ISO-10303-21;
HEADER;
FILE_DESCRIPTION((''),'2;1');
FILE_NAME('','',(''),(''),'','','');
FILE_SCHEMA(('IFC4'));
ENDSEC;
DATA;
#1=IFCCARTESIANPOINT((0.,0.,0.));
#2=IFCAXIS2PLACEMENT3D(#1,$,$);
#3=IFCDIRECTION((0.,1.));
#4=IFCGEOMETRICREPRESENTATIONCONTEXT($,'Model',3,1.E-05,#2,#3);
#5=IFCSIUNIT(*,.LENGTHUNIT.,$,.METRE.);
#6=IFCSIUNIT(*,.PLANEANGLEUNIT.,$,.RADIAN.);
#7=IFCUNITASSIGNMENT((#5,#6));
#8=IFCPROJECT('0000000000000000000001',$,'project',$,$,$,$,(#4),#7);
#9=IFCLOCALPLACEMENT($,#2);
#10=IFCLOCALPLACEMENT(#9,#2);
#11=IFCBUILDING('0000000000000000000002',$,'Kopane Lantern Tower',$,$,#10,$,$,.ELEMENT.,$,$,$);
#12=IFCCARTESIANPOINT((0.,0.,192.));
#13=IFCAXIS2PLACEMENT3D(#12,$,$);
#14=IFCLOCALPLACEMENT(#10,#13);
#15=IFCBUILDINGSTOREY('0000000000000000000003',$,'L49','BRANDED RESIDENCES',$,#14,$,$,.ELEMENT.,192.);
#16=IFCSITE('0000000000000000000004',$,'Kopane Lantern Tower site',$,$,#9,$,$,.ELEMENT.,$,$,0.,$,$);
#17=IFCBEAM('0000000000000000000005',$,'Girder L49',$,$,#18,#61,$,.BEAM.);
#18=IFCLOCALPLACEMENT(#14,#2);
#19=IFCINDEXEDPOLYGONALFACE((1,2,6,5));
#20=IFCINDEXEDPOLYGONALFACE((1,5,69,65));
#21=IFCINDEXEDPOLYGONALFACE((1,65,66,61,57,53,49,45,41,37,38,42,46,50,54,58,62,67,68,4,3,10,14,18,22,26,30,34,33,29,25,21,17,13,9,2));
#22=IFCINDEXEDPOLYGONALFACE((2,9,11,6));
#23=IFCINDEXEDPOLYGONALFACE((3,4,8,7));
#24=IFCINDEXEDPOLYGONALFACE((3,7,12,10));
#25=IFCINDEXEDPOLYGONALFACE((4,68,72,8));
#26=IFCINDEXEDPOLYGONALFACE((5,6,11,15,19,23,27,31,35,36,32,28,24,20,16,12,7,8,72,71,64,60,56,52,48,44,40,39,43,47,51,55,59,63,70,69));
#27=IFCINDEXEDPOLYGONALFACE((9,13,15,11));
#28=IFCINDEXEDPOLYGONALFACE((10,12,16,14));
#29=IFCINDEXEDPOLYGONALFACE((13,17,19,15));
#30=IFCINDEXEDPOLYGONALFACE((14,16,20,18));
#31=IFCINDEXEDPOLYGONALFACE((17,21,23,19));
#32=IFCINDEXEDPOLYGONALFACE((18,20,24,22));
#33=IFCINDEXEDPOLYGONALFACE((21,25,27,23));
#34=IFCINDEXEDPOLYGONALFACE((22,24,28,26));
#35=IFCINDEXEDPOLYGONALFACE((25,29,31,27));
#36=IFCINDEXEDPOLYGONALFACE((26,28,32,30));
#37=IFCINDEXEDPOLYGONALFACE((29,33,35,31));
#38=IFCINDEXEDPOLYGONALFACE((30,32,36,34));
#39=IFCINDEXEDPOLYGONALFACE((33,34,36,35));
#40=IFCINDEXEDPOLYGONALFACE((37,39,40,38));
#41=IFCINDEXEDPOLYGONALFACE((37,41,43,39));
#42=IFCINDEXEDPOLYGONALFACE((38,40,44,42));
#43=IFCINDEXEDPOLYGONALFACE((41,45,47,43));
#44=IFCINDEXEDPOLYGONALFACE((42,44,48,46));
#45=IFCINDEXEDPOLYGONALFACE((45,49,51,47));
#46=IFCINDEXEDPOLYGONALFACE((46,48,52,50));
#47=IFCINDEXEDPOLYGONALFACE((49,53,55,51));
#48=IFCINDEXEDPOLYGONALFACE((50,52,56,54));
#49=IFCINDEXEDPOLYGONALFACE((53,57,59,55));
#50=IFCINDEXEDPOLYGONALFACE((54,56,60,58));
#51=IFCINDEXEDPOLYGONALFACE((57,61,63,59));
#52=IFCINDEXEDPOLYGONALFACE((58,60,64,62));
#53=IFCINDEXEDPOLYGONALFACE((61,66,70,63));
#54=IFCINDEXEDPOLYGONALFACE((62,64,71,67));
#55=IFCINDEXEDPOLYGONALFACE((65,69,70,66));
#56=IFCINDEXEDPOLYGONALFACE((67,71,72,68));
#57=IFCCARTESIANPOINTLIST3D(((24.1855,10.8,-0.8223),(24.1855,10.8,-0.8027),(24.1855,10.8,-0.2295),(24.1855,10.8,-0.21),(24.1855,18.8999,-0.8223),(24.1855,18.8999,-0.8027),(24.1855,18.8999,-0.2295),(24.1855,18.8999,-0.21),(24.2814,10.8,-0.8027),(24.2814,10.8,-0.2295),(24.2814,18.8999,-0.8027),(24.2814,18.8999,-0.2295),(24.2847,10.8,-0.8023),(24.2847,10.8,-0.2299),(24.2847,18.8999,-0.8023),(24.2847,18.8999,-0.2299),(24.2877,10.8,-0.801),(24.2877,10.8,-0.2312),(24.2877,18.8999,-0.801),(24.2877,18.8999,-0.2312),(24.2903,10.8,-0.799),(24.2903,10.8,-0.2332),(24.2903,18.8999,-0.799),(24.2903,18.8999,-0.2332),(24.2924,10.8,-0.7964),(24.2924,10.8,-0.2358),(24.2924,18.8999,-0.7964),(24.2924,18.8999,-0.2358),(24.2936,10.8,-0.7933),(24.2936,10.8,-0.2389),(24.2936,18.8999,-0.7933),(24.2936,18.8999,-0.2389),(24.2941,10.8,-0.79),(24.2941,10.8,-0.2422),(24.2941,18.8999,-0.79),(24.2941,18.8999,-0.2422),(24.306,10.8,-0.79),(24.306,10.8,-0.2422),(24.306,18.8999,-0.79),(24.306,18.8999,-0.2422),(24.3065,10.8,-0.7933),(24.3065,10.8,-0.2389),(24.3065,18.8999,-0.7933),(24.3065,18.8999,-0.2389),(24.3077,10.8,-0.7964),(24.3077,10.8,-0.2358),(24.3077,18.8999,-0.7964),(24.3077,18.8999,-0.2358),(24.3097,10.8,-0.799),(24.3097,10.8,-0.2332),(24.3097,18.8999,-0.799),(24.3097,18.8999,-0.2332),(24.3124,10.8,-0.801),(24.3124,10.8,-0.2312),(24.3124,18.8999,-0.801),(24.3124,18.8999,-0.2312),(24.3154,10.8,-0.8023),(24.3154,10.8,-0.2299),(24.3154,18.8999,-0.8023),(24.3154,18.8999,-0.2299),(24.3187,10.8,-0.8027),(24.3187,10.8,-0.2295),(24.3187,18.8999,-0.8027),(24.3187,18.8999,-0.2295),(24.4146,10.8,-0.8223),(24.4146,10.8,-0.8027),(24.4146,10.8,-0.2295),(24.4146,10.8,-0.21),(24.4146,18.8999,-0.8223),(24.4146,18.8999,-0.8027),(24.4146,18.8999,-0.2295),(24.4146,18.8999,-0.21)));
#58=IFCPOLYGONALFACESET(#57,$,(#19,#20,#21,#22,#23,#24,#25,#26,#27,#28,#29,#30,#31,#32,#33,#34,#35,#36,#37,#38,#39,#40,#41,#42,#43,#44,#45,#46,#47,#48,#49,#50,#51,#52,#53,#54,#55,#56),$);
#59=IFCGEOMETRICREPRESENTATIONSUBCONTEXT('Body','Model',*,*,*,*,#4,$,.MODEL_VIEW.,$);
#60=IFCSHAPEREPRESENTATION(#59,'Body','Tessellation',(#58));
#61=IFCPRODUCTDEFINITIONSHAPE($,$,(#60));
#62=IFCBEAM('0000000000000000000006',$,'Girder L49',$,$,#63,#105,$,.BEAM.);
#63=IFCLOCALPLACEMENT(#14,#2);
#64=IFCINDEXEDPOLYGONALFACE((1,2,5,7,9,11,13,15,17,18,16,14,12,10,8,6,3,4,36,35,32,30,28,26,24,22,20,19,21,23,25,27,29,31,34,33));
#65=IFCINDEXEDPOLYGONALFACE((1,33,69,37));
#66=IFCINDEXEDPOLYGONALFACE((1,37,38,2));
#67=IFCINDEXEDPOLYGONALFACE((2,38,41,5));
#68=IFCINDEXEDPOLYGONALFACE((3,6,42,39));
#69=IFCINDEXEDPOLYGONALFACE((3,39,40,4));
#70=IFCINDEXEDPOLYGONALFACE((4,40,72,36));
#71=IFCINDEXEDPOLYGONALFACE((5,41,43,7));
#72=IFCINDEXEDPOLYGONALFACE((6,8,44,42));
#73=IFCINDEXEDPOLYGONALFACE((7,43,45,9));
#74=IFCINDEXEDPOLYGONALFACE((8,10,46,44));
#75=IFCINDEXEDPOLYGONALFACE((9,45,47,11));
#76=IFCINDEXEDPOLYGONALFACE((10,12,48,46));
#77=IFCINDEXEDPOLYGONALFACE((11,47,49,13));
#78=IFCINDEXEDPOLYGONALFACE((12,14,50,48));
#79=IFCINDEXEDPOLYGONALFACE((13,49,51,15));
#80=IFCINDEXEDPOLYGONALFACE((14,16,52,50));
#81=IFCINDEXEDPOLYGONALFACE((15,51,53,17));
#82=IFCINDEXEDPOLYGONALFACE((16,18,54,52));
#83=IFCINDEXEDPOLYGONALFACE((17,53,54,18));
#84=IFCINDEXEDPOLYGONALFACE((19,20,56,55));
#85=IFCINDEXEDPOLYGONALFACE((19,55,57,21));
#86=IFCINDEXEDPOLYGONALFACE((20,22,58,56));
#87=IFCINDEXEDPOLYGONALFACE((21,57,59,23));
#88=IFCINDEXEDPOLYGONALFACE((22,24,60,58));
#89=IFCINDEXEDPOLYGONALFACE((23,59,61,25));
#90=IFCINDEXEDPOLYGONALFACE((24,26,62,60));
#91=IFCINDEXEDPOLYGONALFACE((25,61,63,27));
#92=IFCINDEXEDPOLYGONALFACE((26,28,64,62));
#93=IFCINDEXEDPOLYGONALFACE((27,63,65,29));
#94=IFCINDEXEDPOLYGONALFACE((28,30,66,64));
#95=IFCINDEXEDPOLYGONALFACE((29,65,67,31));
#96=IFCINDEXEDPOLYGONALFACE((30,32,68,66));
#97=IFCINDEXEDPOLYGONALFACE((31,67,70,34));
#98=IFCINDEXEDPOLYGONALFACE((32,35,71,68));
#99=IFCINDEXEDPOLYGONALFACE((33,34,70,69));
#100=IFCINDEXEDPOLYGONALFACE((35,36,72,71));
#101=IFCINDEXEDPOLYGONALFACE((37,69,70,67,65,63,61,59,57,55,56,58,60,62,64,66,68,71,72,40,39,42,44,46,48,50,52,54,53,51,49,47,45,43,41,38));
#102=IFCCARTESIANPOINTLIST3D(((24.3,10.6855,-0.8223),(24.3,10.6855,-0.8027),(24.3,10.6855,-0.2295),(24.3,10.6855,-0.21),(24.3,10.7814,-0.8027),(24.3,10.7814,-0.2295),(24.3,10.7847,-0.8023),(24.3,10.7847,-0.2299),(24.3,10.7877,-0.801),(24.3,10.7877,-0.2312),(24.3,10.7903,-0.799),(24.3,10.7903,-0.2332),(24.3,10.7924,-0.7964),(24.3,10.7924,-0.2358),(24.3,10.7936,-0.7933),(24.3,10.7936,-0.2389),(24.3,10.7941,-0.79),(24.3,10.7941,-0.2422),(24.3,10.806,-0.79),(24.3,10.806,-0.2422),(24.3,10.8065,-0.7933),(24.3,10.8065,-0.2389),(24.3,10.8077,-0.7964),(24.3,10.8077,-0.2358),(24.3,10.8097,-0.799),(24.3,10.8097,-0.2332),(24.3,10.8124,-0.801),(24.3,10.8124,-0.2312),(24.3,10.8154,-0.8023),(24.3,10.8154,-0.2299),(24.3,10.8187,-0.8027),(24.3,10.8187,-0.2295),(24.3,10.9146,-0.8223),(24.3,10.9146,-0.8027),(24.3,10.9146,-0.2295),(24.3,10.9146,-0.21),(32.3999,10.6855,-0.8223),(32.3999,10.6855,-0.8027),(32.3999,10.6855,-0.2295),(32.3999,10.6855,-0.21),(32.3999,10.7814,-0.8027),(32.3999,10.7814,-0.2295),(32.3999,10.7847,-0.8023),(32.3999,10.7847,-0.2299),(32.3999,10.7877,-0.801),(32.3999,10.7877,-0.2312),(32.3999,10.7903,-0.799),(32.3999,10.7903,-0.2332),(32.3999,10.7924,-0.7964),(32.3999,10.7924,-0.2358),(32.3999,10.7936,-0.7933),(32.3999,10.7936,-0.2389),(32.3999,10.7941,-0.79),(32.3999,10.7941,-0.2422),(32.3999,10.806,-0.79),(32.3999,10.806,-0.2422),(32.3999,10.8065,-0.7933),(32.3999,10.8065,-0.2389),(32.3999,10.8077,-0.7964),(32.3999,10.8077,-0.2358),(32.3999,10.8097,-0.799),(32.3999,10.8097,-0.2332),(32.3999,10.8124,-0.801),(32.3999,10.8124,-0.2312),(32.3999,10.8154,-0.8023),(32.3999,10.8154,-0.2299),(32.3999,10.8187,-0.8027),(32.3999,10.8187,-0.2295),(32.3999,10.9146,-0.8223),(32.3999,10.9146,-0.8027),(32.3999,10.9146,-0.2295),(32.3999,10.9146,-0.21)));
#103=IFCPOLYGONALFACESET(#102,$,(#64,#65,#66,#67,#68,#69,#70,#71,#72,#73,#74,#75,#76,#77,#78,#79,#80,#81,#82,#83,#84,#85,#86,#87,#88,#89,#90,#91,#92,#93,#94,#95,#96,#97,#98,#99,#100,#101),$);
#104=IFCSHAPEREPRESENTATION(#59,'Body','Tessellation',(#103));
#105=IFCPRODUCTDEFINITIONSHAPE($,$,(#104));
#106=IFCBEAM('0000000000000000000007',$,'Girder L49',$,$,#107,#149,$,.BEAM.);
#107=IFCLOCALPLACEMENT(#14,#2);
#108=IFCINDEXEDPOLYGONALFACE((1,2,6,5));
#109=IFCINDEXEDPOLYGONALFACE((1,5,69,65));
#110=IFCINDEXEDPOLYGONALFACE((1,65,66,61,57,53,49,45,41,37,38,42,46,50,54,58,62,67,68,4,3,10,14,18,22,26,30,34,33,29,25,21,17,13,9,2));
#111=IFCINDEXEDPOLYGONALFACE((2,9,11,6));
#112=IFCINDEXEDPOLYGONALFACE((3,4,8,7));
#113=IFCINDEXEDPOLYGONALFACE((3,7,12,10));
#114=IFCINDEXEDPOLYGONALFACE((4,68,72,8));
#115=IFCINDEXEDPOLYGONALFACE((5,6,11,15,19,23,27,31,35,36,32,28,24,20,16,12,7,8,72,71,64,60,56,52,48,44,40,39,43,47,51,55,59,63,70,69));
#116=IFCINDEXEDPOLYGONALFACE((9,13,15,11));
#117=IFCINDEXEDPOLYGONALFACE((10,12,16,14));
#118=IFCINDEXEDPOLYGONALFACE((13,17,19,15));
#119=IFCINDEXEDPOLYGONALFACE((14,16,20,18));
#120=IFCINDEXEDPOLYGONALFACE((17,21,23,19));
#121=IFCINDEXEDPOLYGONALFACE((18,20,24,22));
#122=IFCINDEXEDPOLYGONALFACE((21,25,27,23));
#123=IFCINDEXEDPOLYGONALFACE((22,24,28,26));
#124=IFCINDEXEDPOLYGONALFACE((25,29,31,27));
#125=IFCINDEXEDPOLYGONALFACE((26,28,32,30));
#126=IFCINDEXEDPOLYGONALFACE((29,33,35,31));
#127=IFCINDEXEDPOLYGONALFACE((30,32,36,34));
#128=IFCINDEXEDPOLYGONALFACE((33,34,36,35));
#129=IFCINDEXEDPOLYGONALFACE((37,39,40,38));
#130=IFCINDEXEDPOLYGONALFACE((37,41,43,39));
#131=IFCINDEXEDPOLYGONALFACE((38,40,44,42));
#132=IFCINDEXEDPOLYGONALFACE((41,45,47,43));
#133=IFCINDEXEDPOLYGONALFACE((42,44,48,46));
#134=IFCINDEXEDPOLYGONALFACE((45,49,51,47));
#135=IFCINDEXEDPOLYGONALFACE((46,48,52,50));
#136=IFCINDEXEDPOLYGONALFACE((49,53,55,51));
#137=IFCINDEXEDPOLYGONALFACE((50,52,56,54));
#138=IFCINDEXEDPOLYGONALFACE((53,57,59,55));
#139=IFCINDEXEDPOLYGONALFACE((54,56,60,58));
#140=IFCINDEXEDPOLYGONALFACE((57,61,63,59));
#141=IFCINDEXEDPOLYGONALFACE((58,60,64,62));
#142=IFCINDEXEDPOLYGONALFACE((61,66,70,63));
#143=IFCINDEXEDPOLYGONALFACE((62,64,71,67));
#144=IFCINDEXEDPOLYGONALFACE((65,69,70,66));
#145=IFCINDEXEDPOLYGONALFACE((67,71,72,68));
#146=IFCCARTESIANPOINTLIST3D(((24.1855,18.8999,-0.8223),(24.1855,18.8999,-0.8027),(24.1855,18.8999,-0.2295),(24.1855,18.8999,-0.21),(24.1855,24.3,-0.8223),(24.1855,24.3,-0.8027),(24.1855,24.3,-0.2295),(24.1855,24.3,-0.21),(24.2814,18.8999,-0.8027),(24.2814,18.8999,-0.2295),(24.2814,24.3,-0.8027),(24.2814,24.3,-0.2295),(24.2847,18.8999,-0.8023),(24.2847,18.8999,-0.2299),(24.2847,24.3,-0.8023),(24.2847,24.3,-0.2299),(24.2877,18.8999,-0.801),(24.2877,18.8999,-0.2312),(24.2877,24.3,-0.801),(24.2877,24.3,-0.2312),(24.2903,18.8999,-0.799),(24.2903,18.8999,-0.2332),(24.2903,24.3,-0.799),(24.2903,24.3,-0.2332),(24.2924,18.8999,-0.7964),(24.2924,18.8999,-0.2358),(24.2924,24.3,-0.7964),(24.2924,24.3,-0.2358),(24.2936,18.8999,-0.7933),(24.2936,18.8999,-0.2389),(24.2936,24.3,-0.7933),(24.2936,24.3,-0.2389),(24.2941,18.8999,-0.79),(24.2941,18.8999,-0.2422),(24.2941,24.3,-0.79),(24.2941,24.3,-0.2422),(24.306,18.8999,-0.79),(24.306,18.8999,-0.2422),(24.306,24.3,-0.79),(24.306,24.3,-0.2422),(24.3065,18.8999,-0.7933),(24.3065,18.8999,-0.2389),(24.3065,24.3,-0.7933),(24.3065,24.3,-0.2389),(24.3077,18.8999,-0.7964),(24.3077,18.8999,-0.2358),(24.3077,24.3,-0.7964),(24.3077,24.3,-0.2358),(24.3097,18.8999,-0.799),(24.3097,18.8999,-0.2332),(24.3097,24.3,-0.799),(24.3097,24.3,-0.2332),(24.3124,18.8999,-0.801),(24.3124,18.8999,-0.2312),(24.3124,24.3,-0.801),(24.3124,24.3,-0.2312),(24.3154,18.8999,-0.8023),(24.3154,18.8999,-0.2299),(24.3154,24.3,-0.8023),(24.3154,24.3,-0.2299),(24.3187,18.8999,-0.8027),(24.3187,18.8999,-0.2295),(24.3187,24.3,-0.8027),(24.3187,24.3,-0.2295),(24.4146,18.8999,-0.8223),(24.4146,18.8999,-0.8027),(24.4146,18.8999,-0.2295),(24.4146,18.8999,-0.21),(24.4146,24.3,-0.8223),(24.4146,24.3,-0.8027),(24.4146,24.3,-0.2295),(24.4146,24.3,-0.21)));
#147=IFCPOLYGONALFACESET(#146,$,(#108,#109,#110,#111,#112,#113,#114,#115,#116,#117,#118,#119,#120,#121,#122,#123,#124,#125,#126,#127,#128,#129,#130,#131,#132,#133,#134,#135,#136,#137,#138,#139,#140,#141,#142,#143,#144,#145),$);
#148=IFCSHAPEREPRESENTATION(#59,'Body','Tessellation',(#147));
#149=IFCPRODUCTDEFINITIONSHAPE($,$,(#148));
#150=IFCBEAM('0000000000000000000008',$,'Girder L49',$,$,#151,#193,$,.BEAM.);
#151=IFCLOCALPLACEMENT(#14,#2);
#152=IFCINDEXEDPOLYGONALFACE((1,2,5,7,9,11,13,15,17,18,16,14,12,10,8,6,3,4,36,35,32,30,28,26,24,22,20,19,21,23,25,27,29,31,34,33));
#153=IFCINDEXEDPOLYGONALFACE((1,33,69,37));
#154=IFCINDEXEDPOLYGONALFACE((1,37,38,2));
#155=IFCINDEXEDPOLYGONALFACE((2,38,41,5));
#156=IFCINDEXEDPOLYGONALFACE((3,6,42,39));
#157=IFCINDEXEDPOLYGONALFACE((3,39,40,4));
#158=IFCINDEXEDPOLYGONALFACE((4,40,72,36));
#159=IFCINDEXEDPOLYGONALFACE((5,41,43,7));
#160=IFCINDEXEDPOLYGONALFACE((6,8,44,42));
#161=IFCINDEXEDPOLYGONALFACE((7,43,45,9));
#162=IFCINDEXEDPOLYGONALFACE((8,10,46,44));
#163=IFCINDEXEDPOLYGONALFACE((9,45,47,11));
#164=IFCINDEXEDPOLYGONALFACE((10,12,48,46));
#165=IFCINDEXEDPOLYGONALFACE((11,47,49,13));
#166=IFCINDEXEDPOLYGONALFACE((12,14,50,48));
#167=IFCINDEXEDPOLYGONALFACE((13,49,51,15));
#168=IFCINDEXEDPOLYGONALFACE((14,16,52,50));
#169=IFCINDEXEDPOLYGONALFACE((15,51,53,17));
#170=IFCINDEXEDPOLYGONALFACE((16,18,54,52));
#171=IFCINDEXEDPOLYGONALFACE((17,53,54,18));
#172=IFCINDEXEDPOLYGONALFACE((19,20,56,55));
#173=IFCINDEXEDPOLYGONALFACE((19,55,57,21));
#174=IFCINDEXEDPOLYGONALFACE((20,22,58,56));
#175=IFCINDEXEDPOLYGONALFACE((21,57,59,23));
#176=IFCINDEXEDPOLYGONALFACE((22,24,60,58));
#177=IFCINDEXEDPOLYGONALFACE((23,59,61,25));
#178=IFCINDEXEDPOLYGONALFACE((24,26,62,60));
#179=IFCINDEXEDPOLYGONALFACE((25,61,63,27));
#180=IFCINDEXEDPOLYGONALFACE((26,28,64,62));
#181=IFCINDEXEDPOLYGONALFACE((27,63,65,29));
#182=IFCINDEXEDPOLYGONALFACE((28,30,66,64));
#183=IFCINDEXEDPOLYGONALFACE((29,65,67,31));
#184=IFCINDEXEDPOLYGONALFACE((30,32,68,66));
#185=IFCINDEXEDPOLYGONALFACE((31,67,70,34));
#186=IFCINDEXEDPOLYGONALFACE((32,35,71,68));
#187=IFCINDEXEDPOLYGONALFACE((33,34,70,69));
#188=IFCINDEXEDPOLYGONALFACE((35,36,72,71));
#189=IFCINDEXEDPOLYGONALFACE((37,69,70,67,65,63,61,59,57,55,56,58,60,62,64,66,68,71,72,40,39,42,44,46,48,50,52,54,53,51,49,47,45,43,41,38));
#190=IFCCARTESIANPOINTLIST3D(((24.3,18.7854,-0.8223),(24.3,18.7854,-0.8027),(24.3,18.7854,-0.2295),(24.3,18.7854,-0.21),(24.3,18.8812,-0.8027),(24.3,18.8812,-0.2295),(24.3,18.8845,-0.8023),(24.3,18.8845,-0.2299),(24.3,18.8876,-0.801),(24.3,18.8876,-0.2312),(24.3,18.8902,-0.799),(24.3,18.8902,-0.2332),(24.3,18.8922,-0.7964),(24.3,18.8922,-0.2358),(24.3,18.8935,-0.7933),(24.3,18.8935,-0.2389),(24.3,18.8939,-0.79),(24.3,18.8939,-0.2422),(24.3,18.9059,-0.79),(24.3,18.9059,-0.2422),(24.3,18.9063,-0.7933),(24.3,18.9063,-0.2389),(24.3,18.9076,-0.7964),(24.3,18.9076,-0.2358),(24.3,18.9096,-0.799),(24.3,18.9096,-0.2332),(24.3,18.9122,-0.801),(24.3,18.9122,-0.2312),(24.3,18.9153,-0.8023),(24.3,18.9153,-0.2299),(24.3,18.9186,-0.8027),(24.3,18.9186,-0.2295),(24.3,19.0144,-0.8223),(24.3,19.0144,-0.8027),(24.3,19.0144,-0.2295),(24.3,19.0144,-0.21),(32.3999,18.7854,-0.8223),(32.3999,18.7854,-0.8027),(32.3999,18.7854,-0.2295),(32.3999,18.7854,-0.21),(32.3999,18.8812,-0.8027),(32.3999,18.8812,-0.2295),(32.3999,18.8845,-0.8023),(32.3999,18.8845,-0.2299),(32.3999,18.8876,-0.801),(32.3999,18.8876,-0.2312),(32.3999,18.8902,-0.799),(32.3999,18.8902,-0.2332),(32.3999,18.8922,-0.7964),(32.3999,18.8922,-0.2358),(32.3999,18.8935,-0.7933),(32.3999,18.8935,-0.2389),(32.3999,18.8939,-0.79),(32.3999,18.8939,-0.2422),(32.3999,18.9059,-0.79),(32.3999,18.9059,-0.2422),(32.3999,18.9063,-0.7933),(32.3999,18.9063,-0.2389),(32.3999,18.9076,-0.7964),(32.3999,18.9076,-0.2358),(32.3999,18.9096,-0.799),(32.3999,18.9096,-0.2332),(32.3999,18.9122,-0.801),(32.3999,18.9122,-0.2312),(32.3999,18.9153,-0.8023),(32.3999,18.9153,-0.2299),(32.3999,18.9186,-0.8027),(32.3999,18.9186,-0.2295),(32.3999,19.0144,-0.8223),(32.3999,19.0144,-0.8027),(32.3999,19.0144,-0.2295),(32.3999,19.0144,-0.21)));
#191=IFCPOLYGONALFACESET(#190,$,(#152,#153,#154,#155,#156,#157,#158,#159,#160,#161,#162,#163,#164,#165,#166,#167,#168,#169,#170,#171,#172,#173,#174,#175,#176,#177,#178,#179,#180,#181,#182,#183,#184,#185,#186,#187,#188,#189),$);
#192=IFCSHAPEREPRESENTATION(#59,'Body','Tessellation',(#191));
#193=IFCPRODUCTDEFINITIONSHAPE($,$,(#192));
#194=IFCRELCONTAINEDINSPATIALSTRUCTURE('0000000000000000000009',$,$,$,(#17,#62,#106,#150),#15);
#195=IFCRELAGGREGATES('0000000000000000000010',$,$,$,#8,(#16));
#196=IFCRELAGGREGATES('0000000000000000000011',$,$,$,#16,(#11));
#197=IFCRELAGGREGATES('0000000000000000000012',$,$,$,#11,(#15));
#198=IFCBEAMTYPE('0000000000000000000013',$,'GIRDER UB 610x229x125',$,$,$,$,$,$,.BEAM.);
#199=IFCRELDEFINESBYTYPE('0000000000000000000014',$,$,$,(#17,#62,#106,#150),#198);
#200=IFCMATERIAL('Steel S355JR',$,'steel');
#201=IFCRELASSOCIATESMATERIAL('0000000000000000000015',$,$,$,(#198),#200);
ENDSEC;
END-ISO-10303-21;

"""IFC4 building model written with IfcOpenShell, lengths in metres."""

from ifc_helpers import new_model, si_unit, direction, frame, origin, origin_2d, place, context, subcontext, project, spatial, i_section, extrude, material, material_profile, profile_set, type_object, element, save


model = new_model("IFC4")

# Units and contexts
model_context = context("Model", 3, precision=1e-05, world=origin(), true_north=direction((0.0, 1.0)))
body_context = subcontext(model_context, "Body", "Model", "MODEL_VIEW")
ifc_project = project(units=[si_unit("LENGTHUNIT", "METRE"), si_unit("PLANEANGLEUNIT", "RADIAN")], contexts=[model_context])

# Site, building, storey
site_placement = place(None, origin())
site = spatial("IfcSite", under=ifc_project, at=site_placement, Name="Kopane Lantern Tower site", CompositionType="ELEMENT", RefElevation=0.0)
building_placement = place(site_placement, origin())
building = spatial("IfcBuilding", under=site, at=building_placement, Name="Kopane Lantern Tower", CompositionType="ELEMENT")
storey_placement = place(building_placement, frame((0.0, 0.0, 192.0)))
storey = spatial("IfcBuildingStorey", under=building, at=storey_placement, Name="L49", Description="BRANDED RESIDENCES", CompositionType="ELEMENT", Elevation=192.0)

# Beams
ifc_material_1 = material(Name="Steel S355JR", Category="steel")
ifc_material_profile_1 = material_profile(ifc_material_1, i_section(OverallWidth=0.229, OverallDepth=0.6123, WebThickness=0.012, FlangeThickness=0.0195, FilletRadius=0.0127, at=origin_2d()), Name="UB 610x229x125")
ifc_profile_set_1 = profile_set([ifc_material_profile_1], Name="Steel S355JR")
beam_type = type_object("IfcBeamType", Name="GIRDER UB 610x229x125", PredefinedType="BEAM", material=ifc_profile_set_1)
for number, where, z_axis, x_axis, name in (
    (1, (24.3, 10.8, -0.5161), (0.0, 1.0, 0.0), (-1.0, 0.0, 0.0), "Girder L49"),
    (2, (24.3, 10.8, -0.5161), (1.0, 0.0, 0.0), (0.0, 1.0, 0.0), "Girder L49"),
):
    element("IfcBeam", number, at=place(storey_placement, frame(where, z_axis=z_axis, x_axis=x_axis)), inside=storey, type_object=beam_type, Name=name, PredefinedType="BEAM", context=body_context, shape_type="SweptSolid", body=[
        extrude(i_section(OverallWidth=0.229, OverallDepth=0.6123, WebThickness=0.012, FlangeThickness=0.0195, FilletRadius=0.0127, at=origin_2d()), origin(), (0.0, 0.0, 1.0), 8.0999),
    ])
beam_1_placement = place(storey_placement, frame((24.3, 18.8999, -0.5161), z_axis=(0.0, 1.0, 0.0), x_axis=(-1.0, 0.0, 0.0)))
element("IfcBeam", 3, at=beam_1_placement, inside=storey, type_object=beam_type, Name="Girder L49", PredefinedType="BEAM", context=body_context, shape_type="SweptSolid", body=[
    extrude(i_section(OverallWidth=0.229, OverallDepth=0.6123, WebThickness=0.012, FlangeThickness=0.0195, FilletRadius=0.0127, at=origin_2d()), origin(), (0.0, 0.0, 1.0), 5.4001),
])
beam_2_placement = place(storey_placement, frame((24.3, 18.8999, -0.5161), z_axis=(1.0, 0.0, 0.0), x_axis=(0.0, 1.0, 0.0)))
element("IfcBeam", 4, at=beam_2_placement, inside=storey, type_object=beam_type, Name="Girder L49", PredefinedType="BEAM", context=body_context, shape_type="SweptSolid", body=[
    extrude(i_section(OverallWidth=0.229, OverallDepth=0.6123, WebThickness=0.012, FlangeThickness=0.0195, FilletRadius=0.0127, at=origin_2d()), origin(), (0.0, 0.0, 1.0), 8.0999),
])

save(model, "model.ifc")
